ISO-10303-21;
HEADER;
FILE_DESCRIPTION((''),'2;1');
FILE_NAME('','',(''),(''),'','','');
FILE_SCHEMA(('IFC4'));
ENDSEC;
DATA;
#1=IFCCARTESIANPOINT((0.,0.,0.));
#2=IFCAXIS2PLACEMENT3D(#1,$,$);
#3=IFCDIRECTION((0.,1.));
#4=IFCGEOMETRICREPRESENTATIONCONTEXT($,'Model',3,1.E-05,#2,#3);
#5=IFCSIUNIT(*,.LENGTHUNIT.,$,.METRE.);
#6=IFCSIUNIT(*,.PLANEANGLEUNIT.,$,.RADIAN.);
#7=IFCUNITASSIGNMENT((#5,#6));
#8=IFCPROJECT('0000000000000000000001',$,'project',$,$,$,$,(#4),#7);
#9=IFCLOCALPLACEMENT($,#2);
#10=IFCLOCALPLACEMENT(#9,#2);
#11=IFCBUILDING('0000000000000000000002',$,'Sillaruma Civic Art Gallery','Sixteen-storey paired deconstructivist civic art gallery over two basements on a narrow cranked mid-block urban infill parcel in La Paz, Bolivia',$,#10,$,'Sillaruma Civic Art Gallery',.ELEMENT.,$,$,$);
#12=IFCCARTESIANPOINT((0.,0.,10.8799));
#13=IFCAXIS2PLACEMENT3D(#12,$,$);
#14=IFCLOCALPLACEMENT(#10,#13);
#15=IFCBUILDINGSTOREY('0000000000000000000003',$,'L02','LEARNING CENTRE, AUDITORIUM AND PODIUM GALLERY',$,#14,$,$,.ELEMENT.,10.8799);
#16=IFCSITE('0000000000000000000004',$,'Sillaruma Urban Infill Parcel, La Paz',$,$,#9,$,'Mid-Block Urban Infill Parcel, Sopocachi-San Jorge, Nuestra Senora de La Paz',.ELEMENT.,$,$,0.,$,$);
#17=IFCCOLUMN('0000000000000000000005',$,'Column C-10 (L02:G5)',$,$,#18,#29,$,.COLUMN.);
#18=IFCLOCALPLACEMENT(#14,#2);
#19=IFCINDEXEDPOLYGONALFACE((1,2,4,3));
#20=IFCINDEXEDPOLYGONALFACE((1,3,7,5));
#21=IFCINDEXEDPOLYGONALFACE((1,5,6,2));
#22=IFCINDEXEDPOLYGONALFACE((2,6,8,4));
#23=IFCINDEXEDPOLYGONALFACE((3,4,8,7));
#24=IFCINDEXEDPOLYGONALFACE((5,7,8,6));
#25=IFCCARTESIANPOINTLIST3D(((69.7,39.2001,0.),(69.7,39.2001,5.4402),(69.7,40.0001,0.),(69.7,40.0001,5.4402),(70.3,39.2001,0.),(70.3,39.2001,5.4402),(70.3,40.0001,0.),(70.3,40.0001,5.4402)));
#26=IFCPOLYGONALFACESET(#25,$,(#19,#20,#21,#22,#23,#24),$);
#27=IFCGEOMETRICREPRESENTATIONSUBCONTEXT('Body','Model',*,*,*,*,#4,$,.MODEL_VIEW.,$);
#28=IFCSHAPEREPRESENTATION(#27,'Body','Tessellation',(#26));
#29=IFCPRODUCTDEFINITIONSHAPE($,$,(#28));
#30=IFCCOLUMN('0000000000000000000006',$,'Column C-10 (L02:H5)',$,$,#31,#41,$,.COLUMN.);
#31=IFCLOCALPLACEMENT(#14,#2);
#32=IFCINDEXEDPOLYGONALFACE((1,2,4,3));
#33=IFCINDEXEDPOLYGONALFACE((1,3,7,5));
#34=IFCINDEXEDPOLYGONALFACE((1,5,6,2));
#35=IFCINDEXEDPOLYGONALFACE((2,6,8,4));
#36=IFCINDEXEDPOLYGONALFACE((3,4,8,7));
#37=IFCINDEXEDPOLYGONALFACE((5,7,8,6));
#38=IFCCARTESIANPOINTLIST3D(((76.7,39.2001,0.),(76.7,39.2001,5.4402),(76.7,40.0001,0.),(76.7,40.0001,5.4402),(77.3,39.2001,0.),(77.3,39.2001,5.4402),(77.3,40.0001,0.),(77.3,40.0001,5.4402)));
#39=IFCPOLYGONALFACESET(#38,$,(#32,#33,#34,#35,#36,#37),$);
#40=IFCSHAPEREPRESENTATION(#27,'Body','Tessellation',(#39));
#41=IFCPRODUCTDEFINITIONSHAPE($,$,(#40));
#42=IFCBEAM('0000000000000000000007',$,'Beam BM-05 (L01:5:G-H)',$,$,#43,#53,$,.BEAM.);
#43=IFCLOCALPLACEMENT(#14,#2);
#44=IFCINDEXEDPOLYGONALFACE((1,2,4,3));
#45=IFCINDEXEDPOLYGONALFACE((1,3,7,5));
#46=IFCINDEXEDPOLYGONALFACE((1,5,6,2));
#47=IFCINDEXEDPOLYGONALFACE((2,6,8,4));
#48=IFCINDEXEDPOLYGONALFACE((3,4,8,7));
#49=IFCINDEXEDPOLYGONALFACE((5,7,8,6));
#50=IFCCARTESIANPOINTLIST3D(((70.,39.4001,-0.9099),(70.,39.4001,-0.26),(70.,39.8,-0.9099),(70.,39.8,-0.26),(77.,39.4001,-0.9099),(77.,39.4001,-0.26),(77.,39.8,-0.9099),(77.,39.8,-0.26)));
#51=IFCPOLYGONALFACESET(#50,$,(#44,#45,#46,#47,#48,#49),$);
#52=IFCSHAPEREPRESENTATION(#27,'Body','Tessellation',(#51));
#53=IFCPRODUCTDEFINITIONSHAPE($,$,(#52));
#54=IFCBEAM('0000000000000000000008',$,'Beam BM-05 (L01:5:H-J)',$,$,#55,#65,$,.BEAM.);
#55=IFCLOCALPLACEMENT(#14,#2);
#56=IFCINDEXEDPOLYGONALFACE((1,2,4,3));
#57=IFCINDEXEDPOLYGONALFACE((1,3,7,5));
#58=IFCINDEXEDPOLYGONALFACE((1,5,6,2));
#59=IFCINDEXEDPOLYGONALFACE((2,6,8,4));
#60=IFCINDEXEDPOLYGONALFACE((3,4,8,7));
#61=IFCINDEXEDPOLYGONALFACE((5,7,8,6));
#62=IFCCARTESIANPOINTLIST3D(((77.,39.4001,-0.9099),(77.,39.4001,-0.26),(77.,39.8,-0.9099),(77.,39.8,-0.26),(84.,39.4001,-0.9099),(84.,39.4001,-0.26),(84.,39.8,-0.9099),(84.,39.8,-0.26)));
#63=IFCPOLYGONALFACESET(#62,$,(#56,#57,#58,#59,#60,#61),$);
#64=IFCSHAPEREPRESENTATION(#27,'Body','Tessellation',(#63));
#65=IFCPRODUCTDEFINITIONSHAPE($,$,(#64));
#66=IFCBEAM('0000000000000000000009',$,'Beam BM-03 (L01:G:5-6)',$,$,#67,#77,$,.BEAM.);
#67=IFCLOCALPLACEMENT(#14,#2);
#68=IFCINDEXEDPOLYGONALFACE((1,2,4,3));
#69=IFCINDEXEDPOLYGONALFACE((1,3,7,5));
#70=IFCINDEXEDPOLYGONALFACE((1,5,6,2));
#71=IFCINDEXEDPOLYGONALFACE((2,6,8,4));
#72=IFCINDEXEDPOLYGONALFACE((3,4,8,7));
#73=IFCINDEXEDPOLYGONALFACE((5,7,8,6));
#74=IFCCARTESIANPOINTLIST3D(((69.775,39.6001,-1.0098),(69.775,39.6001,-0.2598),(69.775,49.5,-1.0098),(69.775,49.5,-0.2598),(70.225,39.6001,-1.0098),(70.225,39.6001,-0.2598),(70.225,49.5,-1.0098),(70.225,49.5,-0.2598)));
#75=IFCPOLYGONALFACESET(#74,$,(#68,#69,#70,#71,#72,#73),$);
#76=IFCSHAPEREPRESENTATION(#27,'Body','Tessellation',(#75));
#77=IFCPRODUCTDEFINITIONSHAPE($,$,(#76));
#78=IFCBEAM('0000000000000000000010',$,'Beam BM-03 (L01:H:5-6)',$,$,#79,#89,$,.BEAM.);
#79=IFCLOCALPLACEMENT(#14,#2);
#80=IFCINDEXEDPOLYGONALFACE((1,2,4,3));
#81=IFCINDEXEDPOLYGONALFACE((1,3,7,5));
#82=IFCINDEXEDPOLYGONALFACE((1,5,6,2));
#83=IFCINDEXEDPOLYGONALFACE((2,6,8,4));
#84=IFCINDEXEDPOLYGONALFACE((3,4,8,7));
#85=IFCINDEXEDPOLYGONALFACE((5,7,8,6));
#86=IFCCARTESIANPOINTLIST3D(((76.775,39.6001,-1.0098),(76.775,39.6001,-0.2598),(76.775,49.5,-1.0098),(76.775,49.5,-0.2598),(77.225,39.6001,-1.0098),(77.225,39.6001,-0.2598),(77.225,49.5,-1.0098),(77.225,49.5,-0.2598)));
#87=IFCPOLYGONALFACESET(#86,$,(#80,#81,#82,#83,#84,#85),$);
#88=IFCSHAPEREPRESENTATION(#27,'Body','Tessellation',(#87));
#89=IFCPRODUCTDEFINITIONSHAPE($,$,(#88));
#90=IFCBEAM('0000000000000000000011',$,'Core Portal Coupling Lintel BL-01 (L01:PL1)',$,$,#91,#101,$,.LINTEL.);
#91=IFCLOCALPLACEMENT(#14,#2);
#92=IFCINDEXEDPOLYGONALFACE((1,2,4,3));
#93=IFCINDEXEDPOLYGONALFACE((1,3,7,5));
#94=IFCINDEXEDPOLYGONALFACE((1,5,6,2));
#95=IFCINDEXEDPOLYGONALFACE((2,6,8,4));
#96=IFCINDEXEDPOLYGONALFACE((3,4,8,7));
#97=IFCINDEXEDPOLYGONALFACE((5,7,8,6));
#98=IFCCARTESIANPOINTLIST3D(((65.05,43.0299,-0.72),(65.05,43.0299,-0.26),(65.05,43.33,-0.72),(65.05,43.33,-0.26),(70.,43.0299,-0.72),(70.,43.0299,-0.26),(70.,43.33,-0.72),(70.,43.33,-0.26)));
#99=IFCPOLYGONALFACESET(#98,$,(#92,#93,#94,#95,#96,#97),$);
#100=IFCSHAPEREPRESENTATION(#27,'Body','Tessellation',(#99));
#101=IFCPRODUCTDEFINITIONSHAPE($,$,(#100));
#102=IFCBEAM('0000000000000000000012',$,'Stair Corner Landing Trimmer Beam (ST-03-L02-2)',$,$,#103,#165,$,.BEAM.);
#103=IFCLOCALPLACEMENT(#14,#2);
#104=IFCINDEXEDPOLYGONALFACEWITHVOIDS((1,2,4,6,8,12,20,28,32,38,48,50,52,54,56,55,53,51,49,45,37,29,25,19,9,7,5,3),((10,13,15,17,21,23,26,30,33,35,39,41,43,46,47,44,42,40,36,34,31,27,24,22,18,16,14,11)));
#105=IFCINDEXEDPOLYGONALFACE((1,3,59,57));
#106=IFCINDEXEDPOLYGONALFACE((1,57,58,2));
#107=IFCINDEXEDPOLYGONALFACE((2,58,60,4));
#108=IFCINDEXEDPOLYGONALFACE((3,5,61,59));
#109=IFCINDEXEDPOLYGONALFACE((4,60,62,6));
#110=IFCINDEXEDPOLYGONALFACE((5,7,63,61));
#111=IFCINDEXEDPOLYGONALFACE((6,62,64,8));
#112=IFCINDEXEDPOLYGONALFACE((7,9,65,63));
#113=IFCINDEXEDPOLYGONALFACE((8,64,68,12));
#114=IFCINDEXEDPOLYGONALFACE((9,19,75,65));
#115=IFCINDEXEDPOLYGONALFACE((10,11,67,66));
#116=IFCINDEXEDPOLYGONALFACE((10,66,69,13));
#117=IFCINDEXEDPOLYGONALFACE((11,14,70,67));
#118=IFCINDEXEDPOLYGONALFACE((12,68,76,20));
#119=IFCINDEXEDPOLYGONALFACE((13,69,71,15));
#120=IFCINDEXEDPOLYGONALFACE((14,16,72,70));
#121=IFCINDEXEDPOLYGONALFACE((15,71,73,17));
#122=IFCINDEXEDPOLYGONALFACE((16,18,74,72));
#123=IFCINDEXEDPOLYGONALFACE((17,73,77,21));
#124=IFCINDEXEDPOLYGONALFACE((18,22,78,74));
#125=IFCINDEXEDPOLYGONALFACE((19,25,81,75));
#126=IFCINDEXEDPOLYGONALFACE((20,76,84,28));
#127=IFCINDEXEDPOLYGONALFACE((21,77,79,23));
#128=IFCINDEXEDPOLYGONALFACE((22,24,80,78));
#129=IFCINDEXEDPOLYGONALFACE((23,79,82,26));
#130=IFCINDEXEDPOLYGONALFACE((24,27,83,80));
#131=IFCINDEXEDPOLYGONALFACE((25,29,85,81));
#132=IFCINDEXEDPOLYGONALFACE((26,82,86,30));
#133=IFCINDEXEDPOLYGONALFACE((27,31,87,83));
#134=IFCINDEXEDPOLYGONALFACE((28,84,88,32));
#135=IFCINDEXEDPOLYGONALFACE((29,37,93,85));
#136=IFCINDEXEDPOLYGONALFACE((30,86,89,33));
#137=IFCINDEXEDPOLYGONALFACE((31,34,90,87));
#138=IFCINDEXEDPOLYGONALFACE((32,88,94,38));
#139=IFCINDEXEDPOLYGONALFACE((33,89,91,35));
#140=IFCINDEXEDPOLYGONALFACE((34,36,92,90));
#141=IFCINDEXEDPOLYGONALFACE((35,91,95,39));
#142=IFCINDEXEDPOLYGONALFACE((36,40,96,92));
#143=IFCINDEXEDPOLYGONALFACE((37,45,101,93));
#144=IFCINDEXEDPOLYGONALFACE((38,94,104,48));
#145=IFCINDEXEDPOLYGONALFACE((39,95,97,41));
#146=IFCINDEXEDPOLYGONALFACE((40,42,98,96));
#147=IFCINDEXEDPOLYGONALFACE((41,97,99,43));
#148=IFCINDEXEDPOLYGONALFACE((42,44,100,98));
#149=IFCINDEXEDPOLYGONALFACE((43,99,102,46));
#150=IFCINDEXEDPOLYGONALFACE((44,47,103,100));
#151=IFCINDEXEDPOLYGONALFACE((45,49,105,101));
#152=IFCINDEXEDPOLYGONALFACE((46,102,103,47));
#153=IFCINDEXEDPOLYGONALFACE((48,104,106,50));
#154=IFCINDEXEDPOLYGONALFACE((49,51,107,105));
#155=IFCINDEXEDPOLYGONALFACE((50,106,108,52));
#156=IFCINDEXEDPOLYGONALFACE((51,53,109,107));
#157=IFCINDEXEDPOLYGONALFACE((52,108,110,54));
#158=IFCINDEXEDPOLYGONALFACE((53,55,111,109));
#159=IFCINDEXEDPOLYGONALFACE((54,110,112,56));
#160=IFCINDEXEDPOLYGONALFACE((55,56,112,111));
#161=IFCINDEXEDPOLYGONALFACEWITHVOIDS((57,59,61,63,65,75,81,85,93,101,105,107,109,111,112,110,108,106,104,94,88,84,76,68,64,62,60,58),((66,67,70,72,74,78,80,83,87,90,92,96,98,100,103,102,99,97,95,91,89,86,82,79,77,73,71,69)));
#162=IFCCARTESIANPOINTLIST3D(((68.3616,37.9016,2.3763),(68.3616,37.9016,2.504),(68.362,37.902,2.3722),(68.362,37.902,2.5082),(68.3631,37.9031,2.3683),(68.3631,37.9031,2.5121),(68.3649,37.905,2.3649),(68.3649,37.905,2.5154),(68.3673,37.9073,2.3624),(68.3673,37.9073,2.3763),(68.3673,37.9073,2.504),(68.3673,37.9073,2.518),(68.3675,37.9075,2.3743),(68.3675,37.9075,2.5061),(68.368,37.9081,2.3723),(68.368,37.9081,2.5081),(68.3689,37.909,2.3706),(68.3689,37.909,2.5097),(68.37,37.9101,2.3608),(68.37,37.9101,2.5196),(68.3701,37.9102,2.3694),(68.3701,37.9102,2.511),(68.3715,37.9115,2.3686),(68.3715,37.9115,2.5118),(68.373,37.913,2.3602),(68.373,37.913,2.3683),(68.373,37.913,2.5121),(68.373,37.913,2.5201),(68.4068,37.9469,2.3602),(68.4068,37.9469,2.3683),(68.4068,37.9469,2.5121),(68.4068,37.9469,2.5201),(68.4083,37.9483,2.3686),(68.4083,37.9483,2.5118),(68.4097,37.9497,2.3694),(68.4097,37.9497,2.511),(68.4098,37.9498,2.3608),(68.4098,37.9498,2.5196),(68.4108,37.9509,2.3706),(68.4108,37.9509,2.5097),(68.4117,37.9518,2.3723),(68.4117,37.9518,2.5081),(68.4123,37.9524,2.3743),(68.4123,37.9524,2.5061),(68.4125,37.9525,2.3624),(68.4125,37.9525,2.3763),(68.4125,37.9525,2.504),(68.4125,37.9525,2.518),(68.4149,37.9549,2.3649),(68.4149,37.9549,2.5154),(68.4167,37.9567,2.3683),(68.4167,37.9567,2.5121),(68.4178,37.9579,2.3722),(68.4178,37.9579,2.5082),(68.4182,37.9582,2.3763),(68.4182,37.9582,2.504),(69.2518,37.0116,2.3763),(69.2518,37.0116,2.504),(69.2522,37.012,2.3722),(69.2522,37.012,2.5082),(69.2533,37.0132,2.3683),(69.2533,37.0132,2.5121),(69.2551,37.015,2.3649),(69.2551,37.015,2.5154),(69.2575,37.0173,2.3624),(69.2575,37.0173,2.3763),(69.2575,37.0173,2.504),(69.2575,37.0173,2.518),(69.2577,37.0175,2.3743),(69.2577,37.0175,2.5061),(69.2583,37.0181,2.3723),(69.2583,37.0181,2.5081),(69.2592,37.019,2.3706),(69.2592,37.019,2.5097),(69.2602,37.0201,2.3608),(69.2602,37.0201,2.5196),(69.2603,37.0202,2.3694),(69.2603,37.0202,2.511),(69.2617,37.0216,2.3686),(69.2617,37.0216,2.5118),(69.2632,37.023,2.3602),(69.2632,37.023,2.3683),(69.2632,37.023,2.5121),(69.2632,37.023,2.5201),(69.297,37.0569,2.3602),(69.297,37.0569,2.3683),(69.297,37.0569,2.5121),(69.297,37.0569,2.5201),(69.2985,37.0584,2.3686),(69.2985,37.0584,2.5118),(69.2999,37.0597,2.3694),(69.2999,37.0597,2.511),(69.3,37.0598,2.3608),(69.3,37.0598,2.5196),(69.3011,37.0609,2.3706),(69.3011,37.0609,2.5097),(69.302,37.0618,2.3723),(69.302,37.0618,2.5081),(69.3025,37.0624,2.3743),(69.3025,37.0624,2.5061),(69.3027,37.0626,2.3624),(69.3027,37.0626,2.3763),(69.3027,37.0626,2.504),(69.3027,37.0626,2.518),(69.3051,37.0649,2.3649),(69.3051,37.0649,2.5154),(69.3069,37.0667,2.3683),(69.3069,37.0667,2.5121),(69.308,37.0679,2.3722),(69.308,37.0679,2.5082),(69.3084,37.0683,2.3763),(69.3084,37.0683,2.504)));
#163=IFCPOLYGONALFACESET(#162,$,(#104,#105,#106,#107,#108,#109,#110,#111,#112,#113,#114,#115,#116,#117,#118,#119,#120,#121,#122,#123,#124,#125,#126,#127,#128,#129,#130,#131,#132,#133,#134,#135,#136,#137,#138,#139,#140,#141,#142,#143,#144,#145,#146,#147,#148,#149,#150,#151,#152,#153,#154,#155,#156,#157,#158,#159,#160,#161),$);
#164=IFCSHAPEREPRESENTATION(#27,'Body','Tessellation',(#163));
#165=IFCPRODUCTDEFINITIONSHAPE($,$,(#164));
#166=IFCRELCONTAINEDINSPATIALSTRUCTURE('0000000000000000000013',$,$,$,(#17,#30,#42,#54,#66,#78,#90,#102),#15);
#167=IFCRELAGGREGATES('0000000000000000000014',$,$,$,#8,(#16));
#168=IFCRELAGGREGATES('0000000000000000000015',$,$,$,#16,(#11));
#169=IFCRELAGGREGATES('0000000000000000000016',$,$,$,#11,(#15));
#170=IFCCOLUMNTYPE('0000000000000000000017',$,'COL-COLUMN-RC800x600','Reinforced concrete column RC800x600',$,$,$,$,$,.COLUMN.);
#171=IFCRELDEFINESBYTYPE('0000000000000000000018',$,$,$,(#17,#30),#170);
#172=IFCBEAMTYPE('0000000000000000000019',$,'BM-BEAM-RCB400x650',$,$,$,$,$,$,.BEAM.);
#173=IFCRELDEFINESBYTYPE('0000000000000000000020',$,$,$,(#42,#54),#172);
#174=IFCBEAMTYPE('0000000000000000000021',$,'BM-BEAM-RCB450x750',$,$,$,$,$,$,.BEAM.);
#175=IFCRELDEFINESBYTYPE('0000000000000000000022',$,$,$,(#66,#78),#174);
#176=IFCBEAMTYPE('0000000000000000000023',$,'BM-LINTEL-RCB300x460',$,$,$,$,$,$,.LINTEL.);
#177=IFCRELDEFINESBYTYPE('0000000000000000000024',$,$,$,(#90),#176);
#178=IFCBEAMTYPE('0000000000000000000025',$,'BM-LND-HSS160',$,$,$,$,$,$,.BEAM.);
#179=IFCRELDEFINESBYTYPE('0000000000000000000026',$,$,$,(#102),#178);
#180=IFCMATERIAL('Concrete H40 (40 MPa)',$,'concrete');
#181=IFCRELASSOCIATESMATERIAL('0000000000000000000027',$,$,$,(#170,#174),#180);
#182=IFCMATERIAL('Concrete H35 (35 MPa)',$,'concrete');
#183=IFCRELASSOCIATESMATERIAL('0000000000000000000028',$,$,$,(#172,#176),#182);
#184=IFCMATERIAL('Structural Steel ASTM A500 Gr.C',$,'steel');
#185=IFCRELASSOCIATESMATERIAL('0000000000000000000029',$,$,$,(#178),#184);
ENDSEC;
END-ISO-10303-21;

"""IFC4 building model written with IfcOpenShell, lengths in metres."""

from ifc_helpers import new_model, si_unit, direction, frame, origin, origin_2d, place, context, subcontext, project, spatial, rectangle, hollow_rectangle, extrude, material, material_profile, profile_set, type_object, element, save


model = new_model("IFC4")

# Units and contexts
model_context = context("Model", 3, precision=1e-05, world=origin(), true_north=direction((0.0, 1.0)))
body_context = subcontext(model_context, "Body", "Model", "MODEL_VIEW")
ifc_project = project(units=[si_unit("LENGTHUNIT", "METRE"), si_unit("PLANEANGLEUNIT", "RADIAN")], contexts=[model_context])

# Site, building, storey
site_placement = place(None, origin())
site = spatial("IfcSite", under=ifc_project, at=site_placement, Name="Sillaruma Urban Infill Parcel, La Paz", LongName="Mid-Block Urban Infill Parcel, Sopocachi-San Jorge, Nuestra Senora de La Paz", CompositionType="ELEMENT", RefElevation=0.0)
building_placement = place(site_placement, origin())
building = spatial("IfcBuilding", under=site, at=building_placement, Name="Sillaruma Civic Art Gallery", Description="Sixteen-storey paired deconstructivist civic art gallery over two basements on a narrow cranked mid-block urban infill parcel in La Paz, Bolivia", LongName="Sillaruma Civic Art Gallery", CompositionType="ELEMENT")
storey_placement = place(building_placement, frame((0.0, 0.0, 10.8799)))
storey = spatial("IfcBuildingStorey", under=building, at=storey_placement, Name="L02", Description="LEARNING CENTRE, AUDITORIUM AND PODIUM GALLERY", CompositionType="ELEMENT", Elevation=10.8799)

# Columns
ifc_material_1 = material(Name="Concrete H40 (40 MPa)", Category="concrete")
ifc_material_profile_1 = material_profile(ifc_material_1, rectangle(XDim=0.6001, YDim=0.8, at=origin_2d()), Name="RC800x600")
ifc_profile_set_1 = profile_set([ifc_material_profile_1], Name="Concrete H40 (40 MPa)")
column_type = type_object("IfcColumnType", Name="COL-COLUMN-RC800x600", Description="Reinforced concrete column RC800x600", PredefinedType="COLUMN", material=ifc_profile_set_1)
for number, where, z_axis, x_axis, name in (
    (1, (70.0, 39.6001, 0.0), (0.0, 0.0, 1.0), (1.0, 0.0, 0.0), "Column C-10 (L02:G5)"),
    (2, (77.0, 39.6001, 0.0), (0.0, 0.0, 1.0), (1.0, 0.0, 0.0), "Column C-10 (L02:H5)"),
):
    element("IfcColumn", number, at=place(storey_placement, frame(where, z_axis=z_axis, x_axis=x_axis)), inside=storey, type_object=column_type, Name=name, PredefinedType="COLUMN", context=body_context, shape_type="SweptSolid", body=[
        extrude(rectangle(XDim=0.6001, YDim=0.8, at=origin_2d()), origin(), (0.0, 0.0, 1.0), 5.4402),
    ])

# Beams
ifc_material_2 = material(Name="Concrete H35 (35 MPa)", Category="concrete")
ifc_material_profile_2 = material_profile(ifc_material_2, rectangle(XDim=0.3999, YDim=0.6499, at=origin_2d()), Name="RCB400x650")
ifc_profile_set_2 = profile_set([ifc_material_profile_2], Name="Concrete H35 (35 MPa)")
beam_type_1 = type_object("IfcBeamType", Name="BM-BEAM-RCB400x650", PredefinedType="BEAM", material=ifc_profile_set_2)
for number, where, z_axis, x_axis, name in (
    (3, (70.0, 39.6001, -0.585), (1.0, 0.0, 0.0), (0.0, 1.0, 0.0), "Beam BM-05 (L01:5:G-H)"),
    (4, (77.0, 39.6001, -0.585), (1.0, 0.0, 0.0), (0.0, 1.0, 0.0), "Beam BM-05 (L01:5:H-J)"),
):
    element("IfcBeam", number, at=place(storey_placement, frame(where, z_axis=z_axis, x_axis=x_axis)), inside=storey, type_object=beam_type_1, Name=name, PredefinedType="BEAM", context=body_context, shape_type="SweptSolid", body=[
        extrude(rectangle(XDim=0.3999, YDim=0.6499, at=origin_2d()), origin(), (0.0, 0.0, 1.0), 7.0),
    ])
ifc_material_profile_3 = material_profile(ifc_material_1, rectangle(XDim=0.45, YDim=0.75, at=origin_2d()), Name="RCB450x750")
ifc_profile_set_3 = profile_set([ifc_material_profile_3], Name="Concrete H40 (40 MPa)")
beam_type_2 = type_object("IfcBeamType", Name="BM-BEAM-RCB450x750", PredefinedType="BEAM", material=ifc_profile_set_3)
for number, where, z_axis, x_axis, name in (
    (5, (70.0, 39.6001, -0.6348), (0.0, 1.0, 0.0), (-1.0, 0.0, 0.0), "Beam BM-03 (L01:G:5-6)"),
    (6, (77.0, 39.6001, -0.6348), (0.0, 1.0, 0.0), (-1.0, 0.0, 0.0), "Beam BM-03 (L01:H:5-6)"),
):
    element("IfcBeam", number, at=place(storey_placement, frame(where, z_axis=z_axis, x_axis=x_axis)), inside=storey, type_object=beam_type_2, Name=name, PredefinedType="BEAM", context=body_context, shape_type="SweptSolid", body=[
        extrude(rectangle(XDim=0.45, YDim=0.75, at=origin_2d()), origin(), (0.0, 0.0, 1.0), 9.8999),
    ])
ifc_material_profile_4 = material_profile(ifc_material_2, rectangle(XDim=0.3, YDim=0.46, at=origin_2d()), Name="RCB300x460")
ifc_profile_set_4 = profile_set([ifc_material_profile_4], Name="Concrete H35 (35 MPa)")
beam_type_3 = type_object("IfcBeamType", Name="BM-LINTEL-RCB300x460", PredefinedType="LINTEL", material=ifc_profile_set_4)
beam_placement = place(storey_placement, frame((65.05, 43.1799, -0.49), z_axis=(1.0, 0.0, 0.0), x_axis=(0.0, 1.0, 0.0)))
element("IfcBeam", 7, at=beam_placement, inside=storey, type_object=beam_type_3, Name="Core Portal Coupling Lintel BL-01 (L01:PL1)", PredefinedType="LINTEL", context=body_context, shape_type="SweptSolid", body=[
    extrude(rectangle(XDim=0.3, YDim=0.46, at=origin_2d()), origin(), (0.0, 0.0, 1.0), 4.95),
])
ifc_material_3 = material(Name="Structural Steel ASTM A500 Gr.C", Category="steel")
ifc_material_profile_5 = material_profile(ifc_material_3, hollow_rectangle(XDim=0.0801, YDim=0.1599, WallThickness=0.0081, InnerFilletRadius=0.0081, OuterFilletRadius=0.0161, at=origin_2d()), Name="HSS160x80x8")
ifc_profile_set_5 = profile_set([ifc_material_profile_5], Name="Structural Steel ASTM A500 Gr.C")
beam_type_4 = type_object("IfcBeamType", Name="BM-LND-HSS160", PredefinedType="BEAM", material=ifc_profile_set_5)
for number, where, z_axis, x_axis, name in (
    (8, (68.3899, 37.9299, 2.4402), (0.707204, -0.70701, 0.0), (0.70701, 0.707204, 0.0), "Stair Corner Landing Trimmer Beam (ST-03-L02-2)"),
):
    element("IfcBeam", number, at=place(storey_placement, frame(where, z_axis=z_axis, x_axis=x_axis)), inside=storey, type_object=beam_type_4, Name=name, PredefinedType="BEAM", context=body_context, shape_type="SweptSolid", body=[
        extrude(hollow_rectangle(XDim=0.0801, YDim=0.1599, WallThickness=0.0081, InnerFilletRadius=0.0081, OuterFilletRadius=0.0161, at=origin_2d()), origin(), (0.0, 0.0, 1.0), 1.2588),
    ])

save(model, "model.ifc")
